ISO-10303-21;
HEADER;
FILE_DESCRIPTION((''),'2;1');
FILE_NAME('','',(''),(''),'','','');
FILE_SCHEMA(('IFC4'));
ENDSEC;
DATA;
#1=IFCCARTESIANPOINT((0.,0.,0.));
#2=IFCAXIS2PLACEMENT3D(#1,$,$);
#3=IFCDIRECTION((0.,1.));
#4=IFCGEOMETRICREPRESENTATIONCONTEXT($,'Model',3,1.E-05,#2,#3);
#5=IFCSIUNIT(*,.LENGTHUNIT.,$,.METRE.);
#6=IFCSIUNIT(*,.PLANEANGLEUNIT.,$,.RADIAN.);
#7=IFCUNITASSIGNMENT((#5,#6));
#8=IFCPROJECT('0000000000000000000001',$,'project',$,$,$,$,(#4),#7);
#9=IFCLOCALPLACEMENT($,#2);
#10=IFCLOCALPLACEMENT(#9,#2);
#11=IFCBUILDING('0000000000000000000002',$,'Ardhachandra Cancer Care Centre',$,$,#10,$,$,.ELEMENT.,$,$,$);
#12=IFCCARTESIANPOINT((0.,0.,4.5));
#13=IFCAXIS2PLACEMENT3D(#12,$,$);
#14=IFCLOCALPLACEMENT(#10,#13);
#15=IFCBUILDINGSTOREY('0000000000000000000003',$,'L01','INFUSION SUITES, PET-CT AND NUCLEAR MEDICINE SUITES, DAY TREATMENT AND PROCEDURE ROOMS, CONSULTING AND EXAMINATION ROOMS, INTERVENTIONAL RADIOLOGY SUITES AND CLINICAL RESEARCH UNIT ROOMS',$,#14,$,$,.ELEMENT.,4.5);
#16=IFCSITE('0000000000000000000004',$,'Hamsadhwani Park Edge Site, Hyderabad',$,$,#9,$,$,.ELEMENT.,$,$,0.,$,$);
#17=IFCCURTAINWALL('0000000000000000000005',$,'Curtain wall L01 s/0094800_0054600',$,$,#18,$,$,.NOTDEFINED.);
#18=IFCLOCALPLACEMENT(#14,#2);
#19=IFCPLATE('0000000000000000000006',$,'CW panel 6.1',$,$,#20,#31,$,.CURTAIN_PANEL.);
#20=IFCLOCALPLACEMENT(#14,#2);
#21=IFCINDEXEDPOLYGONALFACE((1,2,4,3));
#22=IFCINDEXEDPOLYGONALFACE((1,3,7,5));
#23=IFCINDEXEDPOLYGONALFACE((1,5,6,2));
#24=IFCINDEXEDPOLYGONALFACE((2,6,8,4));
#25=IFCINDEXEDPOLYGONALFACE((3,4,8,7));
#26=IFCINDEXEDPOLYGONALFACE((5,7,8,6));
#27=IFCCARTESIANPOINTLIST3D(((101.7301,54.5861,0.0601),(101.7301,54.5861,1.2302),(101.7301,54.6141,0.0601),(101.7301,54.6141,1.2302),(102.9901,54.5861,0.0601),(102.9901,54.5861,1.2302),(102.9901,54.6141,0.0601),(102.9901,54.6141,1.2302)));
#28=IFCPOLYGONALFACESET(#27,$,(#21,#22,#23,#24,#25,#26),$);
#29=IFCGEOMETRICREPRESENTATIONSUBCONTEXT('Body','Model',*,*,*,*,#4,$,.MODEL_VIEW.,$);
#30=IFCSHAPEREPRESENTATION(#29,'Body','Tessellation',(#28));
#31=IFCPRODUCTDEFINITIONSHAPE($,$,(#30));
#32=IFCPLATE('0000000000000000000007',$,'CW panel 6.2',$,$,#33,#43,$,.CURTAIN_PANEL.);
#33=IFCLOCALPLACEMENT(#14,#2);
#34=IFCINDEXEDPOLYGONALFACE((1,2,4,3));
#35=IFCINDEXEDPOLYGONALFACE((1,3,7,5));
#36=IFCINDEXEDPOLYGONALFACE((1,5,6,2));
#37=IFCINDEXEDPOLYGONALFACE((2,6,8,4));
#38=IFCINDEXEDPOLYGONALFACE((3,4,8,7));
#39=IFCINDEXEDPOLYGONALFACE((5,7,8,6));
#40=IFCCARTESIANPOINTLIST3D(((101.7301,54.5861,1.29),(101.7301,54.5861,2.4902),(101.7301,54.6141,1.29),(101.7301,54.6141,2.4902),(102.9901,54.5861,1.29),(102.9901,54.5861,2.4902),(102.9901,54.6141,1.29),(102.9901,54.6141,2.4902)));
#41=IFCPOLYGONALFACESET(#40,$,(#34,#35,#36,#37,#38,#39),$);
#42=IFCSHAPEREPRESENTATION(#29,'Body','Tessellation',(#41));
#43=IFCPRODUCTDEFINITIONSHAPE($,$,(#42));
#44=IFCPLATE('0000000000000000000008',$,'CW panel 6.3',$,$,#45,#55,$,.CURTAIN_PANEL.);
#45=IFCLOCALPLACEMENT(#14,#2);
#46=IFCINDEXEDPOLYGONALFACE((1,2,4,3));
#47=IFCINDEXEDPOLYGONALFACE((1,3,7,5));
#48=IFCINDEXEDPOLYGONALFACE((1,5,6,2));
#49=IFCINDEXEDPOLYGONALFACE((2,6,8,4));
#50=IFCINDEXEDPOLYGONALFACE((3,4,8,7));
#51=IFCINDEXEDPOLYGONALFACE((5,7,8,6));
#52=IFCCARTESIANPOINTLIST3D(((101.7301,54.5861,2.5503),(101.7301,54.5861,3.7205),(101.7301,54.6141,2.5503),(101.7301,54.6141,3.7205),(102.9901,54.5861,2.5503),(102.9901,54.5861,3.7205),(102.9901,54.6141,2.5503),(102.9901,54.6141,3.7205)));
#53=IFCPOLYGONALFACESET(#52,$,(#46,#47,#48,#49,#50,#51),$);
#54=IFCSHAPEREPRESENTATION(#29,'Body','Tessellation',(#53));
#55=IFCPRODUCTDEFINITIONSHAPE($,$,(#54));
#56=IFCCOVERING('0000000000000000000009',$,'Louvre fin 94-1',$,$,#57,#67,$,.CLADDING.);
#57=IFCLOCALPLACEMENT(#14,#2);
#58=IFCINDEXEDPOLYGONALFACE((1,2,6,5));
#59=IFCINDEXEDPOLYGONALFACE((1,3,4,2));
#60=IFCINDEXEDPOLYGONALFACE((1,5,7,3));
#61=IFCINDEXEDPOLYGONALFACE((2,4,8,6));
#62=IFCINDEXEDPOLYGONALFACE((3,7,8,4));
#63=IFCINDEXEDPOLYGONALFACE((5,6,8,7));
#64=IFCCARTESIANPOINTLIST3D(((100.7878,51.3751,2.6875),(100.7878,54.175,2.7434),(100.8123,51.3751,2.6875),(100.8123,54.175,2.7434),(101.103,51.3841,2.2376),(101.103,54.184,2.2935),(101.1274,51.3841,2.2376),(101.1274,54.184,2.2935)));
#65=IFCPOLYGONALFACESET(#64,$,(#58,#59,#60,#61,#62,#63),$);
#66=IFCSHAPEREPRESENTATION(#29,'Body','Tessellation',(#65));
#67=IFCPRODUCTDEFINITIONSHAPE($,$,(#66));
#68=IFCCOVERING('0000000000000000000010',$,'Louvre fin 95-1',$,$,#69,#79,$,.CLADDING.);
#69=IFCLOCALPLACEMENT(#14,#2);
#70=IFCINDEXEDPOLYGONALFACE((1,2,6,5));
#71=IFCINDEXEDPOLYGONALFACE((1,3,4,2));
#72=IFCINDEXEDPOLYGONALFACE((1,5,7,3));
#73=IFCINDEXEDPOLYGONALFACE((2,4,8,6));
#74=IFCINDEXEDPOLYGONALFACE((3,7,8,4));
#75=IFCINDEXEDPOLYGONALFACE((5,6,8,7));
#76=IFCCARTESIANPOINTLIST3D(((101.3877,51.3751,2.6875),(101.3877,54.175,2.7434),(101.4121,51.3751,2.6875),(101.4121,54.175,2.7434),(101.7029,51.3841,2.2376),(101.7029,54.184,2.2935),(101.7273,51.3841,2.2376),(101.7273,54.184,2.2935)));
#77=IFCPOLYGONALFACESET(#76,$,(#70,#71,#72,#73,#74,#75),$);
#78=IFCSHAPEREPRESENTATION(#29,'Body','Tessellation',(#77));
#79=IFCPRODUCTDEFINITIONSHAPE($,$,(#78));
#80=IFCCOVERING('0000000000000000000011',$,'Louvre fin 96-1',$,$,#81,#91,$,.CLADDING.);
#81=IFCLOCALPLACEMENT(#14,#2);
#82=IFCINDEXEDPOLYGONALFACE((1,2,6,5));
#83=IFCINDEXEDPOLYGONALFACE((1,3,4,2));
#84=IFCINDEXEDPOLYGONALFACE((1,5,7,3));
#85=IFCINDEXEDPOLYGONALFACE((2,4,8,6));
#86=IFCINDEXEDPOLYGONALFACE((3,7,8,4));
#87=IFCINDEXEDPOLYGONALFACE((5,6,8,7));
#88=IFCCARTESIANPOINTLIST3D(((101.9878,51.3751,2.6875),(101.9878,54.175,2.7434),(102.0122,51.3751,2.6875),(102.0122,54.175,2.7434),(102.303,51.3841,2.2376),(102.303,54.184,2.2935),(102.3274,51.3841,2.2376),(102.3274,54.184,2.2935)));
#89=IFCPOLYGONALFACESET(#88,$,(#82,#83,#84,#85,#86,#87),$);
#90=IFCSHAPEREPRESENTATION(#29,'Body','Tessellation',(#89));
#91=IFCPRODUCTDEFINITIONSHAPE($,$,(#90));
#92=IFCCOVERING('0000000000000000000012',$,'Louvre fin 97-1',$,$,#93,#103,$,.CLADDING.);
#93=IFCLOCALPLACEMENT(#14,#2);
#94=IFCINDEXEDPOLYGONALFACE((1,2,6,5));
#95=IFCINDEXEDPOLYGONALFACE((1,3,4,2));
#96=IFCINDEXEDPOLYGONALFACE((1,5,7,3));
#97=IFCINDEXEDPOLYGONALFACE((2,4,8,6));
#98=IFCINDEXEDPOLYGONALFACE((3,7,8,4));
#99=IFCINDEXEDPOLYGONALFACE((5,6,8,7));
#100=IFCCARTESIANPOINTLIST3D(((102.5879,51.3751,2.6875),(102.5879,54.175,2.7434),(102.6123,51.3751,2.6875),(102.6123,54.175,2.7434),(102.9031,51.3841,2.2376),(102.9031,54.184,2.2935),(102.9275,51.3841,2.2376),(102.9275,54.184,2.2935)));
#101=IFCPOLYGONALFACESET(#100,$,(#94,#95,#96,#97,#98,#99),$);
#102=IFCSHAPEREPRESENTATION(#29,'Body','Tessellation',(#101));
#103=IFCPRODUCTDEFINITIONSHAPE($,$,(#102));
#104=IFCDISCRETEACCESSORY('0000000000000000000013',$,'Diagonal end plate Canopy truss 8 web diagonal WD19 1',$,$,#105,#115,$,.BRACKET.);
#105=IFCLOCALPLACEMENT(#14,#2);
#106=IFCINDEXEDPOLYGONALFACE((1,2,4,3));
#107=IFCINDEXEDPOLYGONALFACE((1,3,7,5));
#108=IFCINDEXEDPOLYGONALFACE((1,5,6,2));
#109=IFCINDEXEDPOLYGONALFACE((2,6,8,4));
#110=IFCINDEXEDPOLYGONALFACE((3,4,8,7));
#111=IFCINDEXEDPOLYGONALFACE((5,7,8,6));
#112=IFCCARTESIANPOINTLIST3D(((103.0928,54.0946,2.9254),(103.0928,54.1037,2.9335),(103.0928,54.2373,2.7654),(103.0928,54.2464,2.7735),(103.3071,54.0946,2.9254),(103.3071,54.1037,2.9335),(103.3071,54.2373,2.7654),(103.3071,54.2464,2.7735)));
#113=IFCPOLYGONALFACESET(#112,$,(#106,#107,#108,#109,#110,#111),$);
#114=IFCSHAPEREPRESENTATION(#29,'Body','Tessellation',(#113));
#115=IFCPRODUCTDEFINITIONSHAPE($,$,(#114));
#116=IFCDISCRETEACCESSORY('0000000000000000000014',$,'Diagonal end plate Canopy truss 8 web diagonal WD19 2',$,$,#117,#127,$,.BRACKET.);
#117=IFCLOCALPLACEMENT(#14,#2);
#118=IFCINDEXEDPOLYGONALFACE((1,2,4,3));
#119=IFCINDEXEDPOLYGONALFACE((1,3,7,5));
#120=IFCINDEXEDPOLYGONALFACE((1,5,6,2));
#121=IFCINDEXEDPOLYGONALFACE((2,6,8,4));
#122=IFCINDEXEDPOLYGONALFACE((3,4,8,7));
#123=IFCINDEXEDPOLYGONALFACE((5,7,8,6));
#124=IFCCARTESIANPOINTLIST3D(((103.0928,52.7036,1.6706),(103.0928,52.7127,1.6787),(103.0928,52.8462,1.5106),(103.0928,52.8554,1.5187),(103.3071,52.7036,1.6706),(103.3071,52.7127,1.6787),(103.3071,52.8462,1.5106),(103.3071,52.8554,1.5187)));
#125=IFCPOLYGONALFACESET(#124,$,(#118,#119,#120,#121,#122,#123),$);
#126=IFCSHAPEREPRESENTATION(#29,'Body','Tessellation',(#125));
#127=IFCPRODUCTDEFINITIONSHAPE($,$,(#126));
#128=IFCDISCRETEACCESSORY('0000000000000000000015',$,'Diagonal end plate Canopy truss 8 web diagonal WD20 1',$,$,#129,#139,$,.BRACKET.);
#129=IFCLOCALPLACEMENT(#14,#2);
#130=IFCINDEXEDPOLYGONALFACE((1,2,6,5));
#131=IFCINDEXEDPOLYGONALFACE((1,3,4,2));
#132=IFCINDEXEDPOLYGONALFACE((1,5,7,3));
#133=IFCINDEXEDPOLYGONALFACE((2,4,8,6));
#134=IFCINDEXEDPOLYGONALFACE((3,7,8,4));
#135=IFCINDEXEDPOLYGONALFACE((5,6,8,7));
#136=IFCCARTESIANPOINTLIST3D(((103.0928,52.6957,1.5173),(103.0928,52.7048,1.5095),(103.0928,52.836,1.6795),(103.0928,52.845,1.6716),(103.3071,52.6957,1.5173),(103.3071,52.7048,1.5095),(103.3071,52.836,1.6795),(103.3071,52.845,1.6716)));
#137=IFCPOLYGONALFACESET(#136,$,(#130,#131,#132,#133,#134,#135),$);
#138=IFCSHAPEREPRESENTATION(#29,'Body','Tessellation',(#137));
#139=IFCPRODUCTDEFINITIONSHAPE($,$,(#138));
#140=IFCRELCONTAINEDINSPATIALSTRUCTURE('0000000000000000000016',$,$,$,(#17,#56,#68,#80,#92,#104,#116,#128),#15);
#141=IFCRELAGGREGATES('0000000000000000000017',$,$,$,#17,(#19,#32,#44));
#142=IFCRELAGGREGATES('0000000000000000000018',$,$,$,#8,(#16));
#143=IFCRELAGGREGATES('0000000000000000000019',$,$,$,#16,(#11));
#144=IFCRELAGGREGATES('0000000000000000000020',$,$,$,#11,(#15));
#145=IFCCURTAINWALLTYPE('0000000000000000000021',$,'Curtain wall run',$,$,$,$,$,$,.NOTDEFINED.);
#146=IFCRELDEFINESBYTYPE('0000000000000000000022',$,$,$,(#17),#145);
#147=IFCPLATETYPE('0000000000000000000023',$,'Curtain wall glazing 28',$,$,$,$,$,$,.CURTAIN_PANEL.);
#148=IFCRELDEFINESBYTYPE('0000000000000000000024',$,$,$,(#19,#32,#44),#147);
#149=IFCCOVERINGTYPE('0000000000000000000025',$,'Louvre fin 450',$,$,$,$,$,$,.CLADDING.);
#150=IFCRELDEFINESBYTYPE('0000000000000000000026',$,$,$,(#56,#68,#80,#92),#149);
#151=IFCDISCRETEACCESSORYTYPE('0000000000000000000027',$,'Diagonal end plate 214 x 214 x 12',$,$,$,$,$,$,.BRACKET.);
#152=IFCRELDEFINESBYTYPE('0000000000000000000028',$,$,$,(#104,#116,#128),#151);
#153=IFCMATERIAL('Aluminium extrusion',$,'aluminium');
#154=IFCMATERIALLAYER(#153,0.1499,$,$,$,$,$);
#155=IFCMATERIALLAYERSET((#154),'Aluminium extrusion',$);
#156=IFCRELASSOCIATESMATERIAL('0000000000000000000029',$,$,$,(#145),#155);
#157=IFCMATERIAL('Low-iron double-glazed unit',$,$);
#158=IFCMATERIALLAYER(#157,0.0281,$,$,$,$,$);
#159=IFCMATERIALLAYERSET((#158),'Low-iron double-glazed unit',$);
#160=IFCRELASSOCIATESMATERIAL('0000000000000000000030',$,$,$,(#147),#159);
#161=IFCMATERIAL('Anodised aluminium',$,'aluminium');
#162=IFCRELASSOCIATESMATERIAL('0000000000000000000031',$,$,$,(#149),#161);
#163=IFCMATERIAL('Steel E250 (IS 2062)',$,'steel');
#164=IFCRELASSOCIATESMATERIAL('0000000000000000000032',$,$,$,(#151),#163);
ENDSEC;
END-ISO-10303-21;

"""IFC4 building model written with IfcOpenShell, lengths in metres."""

from ifc_helpers import new_model, si_unit, direction, frame, origin, origin_2d, place, context, subcontext, project, spatial, polyline, rectangle, outline, extrude, material, layer, layer_set, material_profile, profile_set, type_object, element, aggregate, save


model = new_model("IFC4")

# Units and contexts
model_context = context("Model", 3, precision=1e-05, world=origin(), true_north=direction((0.0, 1.0)))
body_context = subcontext(model_context, "Body", "Model", "MODEL_VIEW")
ifc_project = project(units=[si_unit("LENGTHUNIT", "METRE"), si_unit("PLANEANGLEUNIT", "RADIAN")], contexts=[model_context])

# Site, building, storey
site_placement = place(None, origin())
site = spatial("IfcSite", under=ifc_project, at=site_placement, Name="Hamsadhwani Park Edge Site, Hyderabad", CompositionType="ELEMENT", RefElevation=0.0)
building_placement = place(site_placement, origin())
building = spatial("IfcBuilding", under=site, at=building_placement, Name="Ardhachandra Cancer Care Centre", CompositionType="ELEMENT")
storey_placement = place(building_placement, frame((0.0, 0.0, 4.5)))
storey = spatial("IfcBuildingStorey", under=building, at=storey_placement, Name="L01", Description="INFUSION SUITES, PET-CT AND NUCLEAR MEDICINE SUITES, DAY TREATMENT AND PROCEDURE ROOMS, CONSULTING AND EXAMINATION ROOMS, INTERVENTIONAL RADIOLOGY SUITES AND CLINICAL RESEARCH UNIT ROOMS", CompositionType="ELEMENT", Elevation=4.5)

# Curtain wall
ifc_material_1 = material(Name="Aluminium extrusion", Category="aluminium")
ifc_layer_1 = layer(ifc_material_1, 0.1499)
ifc_layer_set_1 = layer_set([ifc_layer_1], Name="Aluminium extrusion")
curtain_wall_type = type_object("IfcCurtainWallType", Name="Curtain wall run", PredefinedType="NOTDEFINED", material=ifc_layer_set_1)
curtain_wall_1_placement = place(storey_placement, origin())
curtain_wall_1 = element("IfcCurtainWall", 1, at=curtain_wall_1_placement, inside=storey, type_object=curtain_wall_type, Name="Curtain wall L01 s/0094800_0054600", PredefinedType="NOTDEFINED")

# Plates
ifc_material_2 = material(Name="Low-iron double-glazed unit")
ifc_layer_2 = layer(ifc_material_2, 0.0281)
ifc_layer_set_2 = layer_set([ifc_layer_2], Name="Low-iron double-glazed unit")
plate_type = type_object("IfcPlateType", Name="Curtain wall glazing 28", PredefinedType="CURTAIN_PANEL", material=ifc_layer_set_2)
plate_1_placement = place(storey_placement, frame((102.3601, 54.6001, 0.0601), z_axis=(0.0, 0.0, 1.0), x_axis=(1.0, 0.0, 0.0)))
plate_1 = element("IfcPlate", 2, at=plate_1_placement, type_object=plate_type, Name="CW panel 6.1", PredefinedType="CURTAIN_PANEL", context=body_context, shape_type="SweptSolid", body=[
    extrude(rectangle(XDim=1.26, YDim=0.0281, at=origin_2d()), origin(), (0.0, 0.0, 1.0), 1.1702),
])
plate_2_placement = place(storey_placement, frame((102.3601, 54.6001, 1.29), z_axis=(0.0, 0.0, 1.0), x_axis=(1.0, 0.0, 0.0)))
plate_2 = element("IfcPlate", 3, at=plate_2_placement, type_object=plate_type, Name="CW panel 6.2", PredefinedType="CURTAIN_PANEL", context=body_context, shape_type="SweptSolid", body=[
    extrude(rectangle(XDim=1.26, YDim=0.0281, at=origin_2d()), origin(), (0.0, 0.0, 1.0), 1.2002),
])
plate_3_placement = place(storey_placement, frame((102.3601, 54.6001, 2.5503), z_axis=(0.0, 0.0, 1.0), x_axis=(1.0, 0.0, 0.0)))
plate_3 = element("IfcPlate", 4, at=plate_3_placement, type_object=plate_type, Name="CW panel 6.3", PredefinedType="CURTAIN_PANEL", context=body_context, shape_type="SweptSolid", body=[
    extrude(rectangle(XDim=1.26, YDim=0.0281, at=origin_2d()), origin(), (0.0, 0.0, 1.0), 1.1702),
])
aggregate(curtain_wall_1, [plate_1, plate_2, plate_3])

# Coverings
ifc_material_3 = material(Name="Anodised aluminium", Category="aluminium")
ifc_material_profile_1 = material_profile(ifc_material_3, outline(polyline([(-0.0122, 0.0), (0.0122, 0.0), (0.3274, -0.45), (0.303, -0.45), (-0.0122, 0.0)])), Name="Louvre fin 450")
ifc_profile_set_1 = profile_set([ifc_material_profile_1], Name="Anodised aluminium")
covering_type = type_object("IfcCoveringType", Name="Louvre fin 450", PredefinedType="CLADDING", material=ifc_profile_set_1)
for number, where, z_axis, x_axis, name in (
    (5, (100.8, 54.175, 2.7434), (0.0, -0.999801, -0.019963), (1.0, 0.0, 0.0), "Louvre fin 94-1"),
    (6, (101.3999, 54.175, 2.7434), (0.0, -0.999801, -0.019963), (1.0, 0.0, 0.0), "Louvre fin 95-1"),
    (7, (102.0, 54.175, 2.7434), (0.0, -0.999801, -0.019963), (1.0, 0.0, 0.0), "Louvre fin 96-1"),
    (8, (102.6001, 54.175, 2.7434), (0.0, -0.999801, -0.019963), (1.0, 0.0, 0.0), "Louvre fin 97-1"),
):
    element("IfcCovering", number, at=place(storey_placement, frame(where, z_axis=z_axis, x_axis=x_axis)), inside=storey, type_object=covering_type, Name=name, PredefinedType="CLADDING", context=body_context, shape_type="SweptSolid", body=[
        extrude(outline(polyline([(-0.0122, 0.0), (0.0122, 0.0), (0.3274, -0.45), (0.303, -0.45), (-0.0122, 0.0)])), origin(), (0.0, 0.0, 1.0), 2.8005),
    ])

# Discrete accessories
ifc_material_4 = material(Name="Steel E250 (IS 2062)", Category="steel")
ifc_material_profile_2 = material_profile(ifc_material_4, rectangle(XDim=0.2144, YDim=0.2144, at=origin_2d()), Name="PL 214x214x12")
ifc_profile_set_2 = profile_set([ifc_material_profile_2], Name="Steel E250 (IS 2062)")
discrete_accessory_type = type_object("IfcDiscreteAccessoryType", Name="Diagonal end plate 214 x 214 x 12", PredefinedType="BRACKET", material=ifc_profile_set_2)
for number, where, z_axis, x_axis, name in (
    (9, (103.2, 54.175, 2.8535), (0.0, -0.746295, -0.665615), (1.0, 0.0, 0.0), "Diagonal end plate Canopy truss 8 web diagonal WD19 1"),
    (10, (103.2, 52.7749, 1.5906), (0.0, 0.746295, 0.665615), (-1.0, 0.0, 0.0), "Diagonal end plate Canopy truss 8 web diagonal WD19 2"),
):
    element("IfcDiscreteAccessory", number, at=place(storey_placement, frame(where, z_axis=z_axis, x_axis=x_axis)), inside=storey, type_object=discrete_accessory_type, Name=name, PredefinedType="BRACKET", context=body_context, shape_type="SweptSolid", body=[
        extrude(rectangle(XDim=0.2144, YDim=0.2144, at=origin_2d()), origin(), (0.0, 0.0, 1.0), 0.0122),
    ])
discrete_accessory_placement = place(storey_placement, frame((103.2, 52.7749, 1.5906), z_axis=(0.0, -0.756363, 0.654152), x_axis=(1.0, 0.0, 0.0)))
element("IfcDiscreteAccessory", 11, at=discrete_accessory_placement, inside=storey, type_object=discrete_accessory_type, Name="Diagonal end plate Canopy truss 8 web diagonal WD20 1", PredefinedType="BRACKET", context=body_context, shape_type="SweptSolid", body=[
    extrude(rectangle(XDim=0.2144, YDim=0.2144, at=origin_2d()), origin(), (0.0, 0.0, 1.0), 0.012),
])

save(model, "model.ifc")
